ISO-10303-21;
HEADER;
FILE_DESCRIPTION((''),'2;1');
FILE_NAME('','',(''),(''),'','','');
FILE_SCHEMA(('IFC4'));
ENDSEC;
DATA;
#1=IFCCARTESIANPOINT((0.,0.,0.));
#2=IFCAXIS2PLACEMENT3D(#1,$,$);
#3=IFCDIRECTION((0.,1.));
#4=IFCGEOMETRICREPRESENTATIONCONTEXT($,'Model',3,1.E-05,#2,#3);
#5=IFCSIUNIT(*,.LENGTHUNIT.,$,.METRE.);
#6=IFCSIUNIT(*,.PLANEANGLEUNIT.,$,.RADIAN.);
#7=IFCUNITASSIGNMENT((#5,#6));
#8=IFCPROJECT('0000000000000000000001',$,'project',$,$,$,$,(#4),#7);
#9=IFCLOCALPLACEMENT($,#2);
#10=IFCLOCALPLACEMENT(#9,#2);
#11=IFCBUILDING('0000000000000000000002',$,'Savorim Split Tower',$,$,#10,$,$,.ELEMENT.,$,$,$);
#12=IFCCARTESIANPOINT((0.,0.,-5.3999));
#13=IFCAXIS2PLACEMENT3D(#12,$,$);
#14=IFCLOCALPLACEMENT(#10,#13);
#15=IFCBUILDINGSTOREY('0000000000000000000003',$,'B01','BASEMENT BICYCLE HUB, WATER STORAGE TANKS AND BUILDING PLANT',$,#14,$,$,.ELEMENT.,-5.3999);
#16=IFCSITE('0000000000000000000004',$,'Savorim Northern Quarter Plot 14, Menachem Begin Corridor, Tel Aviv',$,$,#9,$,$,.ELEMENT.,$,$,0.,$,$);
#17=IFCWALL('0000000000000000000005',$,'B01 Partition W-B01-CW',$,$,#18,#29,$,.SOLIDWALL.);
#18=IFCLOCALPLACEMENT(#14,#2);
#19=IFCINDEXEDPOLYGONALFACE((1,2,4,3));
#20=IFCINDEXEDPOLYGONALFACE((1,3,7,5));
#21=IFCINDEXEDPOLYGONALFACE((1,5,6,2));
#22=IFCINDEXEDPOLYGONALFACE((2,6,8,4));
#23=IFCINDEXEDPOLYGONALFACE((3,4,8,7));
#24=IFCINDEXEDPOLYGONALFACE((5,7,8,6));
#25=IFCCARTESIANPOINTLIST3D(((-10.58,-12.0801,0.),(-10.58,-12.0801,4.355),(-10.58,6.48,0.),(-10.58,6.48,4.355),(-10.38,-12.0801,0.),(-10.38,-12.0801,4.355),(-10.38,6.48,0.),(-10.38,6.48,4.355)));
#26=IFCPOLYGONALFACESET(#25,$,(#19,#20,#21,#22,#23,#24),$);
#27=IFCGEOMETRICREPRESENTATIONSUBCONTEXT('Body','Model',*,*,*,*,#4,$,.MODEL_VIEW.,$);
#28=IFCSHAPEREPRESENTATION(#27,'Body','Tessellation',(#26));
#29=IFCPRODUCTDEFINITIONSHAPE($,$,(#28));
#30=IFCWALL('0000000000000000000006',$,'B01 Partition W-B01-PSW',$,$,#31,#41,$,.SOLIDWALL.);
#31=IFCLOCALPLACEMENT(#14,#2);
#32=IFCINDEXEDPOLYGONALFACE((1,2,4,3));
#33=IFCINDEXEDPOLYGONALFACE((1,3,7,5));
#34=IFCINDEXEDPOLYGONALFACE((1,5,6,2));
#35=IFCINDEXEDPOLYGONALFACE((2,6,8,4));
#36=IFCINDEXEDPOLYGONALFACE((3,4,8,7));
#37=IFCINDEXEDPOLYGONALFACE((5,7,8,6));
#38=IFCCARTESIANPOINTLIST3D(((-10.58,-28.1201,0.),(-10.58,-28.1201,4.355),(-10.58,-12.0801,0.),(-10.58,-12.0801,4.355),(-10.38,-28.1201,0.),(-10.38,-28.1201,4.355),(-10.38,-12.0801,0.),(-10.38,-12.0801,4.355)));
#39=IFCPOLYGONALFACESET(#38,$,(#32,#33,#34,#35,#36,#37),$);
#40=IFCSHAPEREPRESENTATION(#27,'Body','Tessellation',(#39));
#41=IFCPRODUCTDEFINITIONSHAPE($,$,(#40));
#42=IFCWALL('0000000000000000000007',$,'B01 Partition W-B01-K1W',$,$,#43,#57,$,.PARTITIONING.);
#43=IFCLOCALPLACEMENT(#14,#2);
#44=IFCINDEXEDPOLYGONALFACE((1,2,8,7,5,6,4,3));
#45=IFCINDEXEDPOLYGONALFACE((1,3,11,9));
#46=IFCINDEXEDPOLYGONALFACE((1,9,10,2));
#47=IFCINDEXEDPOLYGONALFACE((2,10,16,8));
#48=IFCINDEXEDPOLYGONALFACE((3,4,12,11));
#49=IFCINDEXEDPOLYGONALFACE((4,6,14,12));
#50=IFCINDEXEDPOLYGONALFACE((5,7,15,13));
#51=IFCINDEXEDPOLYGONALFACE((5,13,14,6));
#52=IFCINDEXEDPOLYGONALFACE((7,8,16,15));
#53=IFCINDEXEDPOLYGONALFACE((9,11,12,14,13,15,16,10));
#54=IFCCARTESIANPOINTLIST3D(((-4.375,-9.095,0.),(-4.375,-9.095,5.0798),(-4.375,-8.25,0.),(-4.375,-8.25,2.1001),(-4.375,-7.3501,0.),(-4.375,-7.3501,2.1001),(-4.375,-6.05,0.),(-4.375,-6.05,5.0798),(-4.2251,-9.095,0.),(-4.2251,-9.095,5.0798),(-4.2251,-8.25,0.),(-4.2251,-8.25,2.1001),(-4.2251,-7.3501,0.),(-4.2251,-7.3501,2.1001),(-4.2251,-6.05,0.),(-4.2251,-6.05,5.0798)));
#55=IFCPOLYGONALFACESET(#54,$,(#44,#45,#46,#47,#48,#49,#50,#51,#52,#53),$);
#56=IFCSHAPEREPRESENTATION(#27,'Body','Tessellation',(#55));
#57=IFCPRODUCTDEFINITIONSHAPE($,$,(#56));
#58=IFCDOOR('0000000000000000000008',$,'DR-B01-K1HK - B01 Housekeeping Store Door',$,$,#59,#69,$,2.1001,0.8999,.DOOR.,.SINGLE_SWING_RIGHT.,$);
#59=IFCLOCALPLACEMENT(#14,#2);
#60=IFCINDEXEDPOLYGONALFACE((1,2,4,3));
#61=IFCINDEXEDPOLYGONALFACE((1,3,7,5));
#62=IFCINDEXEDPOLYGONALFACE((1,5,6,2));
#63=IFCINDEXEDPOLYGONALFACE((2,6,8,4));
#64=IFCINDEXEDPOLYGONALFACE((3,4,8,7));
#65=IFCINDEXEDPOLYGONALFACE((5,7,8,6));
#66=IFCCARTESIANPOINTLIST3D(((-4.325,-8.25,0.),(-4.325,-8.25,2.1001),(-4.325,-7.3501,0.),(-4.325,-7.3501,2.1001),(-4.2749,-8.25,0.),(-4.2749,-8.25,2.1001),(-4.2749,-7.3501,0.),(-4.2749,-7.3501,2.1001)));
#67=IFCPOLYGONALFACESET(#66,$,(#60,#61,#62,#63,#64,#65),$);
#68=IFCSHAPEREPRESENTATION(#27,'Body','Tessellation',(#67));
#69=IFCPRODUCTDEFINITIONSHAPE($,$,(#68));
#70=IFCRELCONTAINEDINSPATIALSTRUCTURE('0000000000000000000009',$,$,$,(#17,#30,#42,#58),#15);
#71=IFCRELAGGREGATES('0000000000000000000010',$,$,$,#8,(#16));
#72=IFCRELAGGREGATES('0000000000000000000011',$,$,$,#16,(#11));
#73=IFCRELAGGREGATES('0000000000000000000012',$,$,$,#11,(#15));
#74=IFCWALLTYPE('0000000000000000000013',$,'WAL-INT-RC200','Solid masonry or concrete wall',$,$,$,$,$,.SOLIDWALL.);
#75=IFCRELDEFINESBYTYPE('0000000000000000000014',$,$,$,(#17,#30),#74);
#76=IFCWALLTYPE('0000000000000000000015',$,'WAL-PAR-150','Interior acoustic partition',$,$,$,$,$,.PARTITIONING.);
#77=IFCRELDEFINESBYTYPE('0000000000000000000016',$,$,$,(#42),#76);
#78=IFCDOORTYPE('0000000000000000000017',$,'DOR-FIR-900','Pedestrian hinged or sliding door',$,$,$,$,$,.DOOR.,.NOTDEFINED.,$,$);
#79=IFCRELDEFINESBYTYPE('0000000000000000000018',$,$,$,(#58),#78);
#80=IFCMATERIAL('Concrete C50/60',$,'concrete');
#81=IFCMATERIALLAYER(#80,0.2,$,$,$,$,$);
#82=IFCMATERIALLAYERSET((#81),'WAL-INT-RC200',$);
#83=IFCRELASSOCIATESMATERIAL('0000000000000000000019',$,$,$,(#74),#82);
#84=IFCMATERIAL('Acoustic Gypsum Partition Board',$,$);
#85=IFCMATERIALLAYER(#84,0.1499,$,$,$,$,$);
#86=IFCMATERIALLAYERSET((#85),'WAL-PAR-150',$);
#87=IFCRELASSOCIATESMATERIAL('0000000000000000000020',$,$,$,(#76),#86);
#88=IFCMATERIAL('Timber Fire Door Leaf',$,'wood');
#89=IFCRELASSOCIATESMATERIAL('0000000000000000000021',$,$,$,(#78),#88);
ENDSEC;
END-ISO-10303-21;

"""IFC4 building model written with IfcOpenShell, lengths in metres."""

from ifc_helpers import new_model, si_unit, direction, frame, frame_2d, origin, place, context, subcontext, project, spatial, rectangle, extrude, material, layer, layer_set, type_object, element, fill, save


model = new_model("IFC4")

# Units and contexts
model_context = context("Model", 3, precision=1e-05, world=origin(), true_north=direction((0.0, 1.0)))
body_context = subcontext(model_context, "Body", "Model", "MODEL_VIEW")
ifc_project = project(units=[si_unit("LENGTHUNIT", "METRE"), si_unit("PLANEANGLEUNIT", "RADIAN")], contexts=[model_context])

# Site, building, storey
site_placement = place(None, origin())
site = spatial("IfcSite", under=ifc_project, at=site_placement, Name="Savorim Northern Quarter Plot 14, Menachem Begin Corridor, Tel Aviv", CompositionType="ELEMENT", RefElevation=0.0)
building_placement = place(site_placement, origin())
building = spatial("IfcBuilding", under=site, at=building_placement, Name="Savorim Split Tower", CompositionType="ELEMENT")
storey_placement = place(building_placement, frame((0.0, 0.0, -5.3999)))
storey = spatial("IfcBuildingStorey", under=building, at=storey_placement, Name="B01", Description="BASEMENT BICYCLE HUB, WATER STORAGE TANKS AND BUILDING PLANT", CompositionType="ELEMENT", Elevation=-5.3999)

# Shared definitions
ifc_material_1 = material(Name="Concrete C50/60", Category="concrete")

# Shared definitions
ifc_material_2 = material(Name="Timber Fire Door Leaf", Category="wood")
ifc_layer_1 = layer(ifc_material_1, 0.2)
ifc_layer_set_1 = layer_set([ifc_layer_1], Name="WAL-INT-RC200")
wall_type_1 = type_object("IfcWallType", Name="WAL-INT-RC200", Description="Solid masonry or concrete wall", PredefinedType="SOLIDWALL", material=ifc_layer_set_1)

# Walls
wall_1_placement = place(storey_placement, frame((-10.48, -12.0801, 0.0), z_axis=(0.0, 0.0, 1.0), x_axis=(0.0, 1.0, 0.0)))
element("IfcWall", 1, at=wall_1_placement, inside=storey, type_object=wall_type_1, Name="B01 Partition W-B01-CW", PredefinedType="SOLIDWALL", context=body_context, shape_type="SweptSolid", body=[
    extrude(rectangle(XDim=18.5601, YDim=0.2, at=frame_2d((9.28, 0.0))), origin(), (0.0, 0.0, 1.0), 4.355),
])
wall_2_placement = place(storey_placement, frame((-10.48, -28.1201, 0.0), z_axis=(0.0, 0.0, 1.0), x_axis=(0.0, 1.0, 0.0)))
element("IfcWall", 2, at=wall_2_placement, inside=storey, type_object=wall_type_1, Name="B01 Partition W-B01-PSW", PredefinedType="SOLIDWALL", context=body_context, shape_type="SweptSolid", body=[
    extrude(rectangle(XDim=16.04, YDim=0.2, at=frame_2d((8.02, 0.0))), origin(), (0.0, 0.0, 1.0), 4.355),
])

# Wall, opening, door
ifc_material_3 = material(Name="Acoustic Gypsum Partition Board")
ifc_layer_2 = layer(ifc_material_3, 0.1499)
ifc_layer_set_2 = layer_set([ifc_layer_2], Name="WAL-PAR-150")
wall_type_2 = type_object("IfcWallType", Name="WAL-PAR-150", Description="Interior acoustic partition", PredefinedType="PARTITIONING", material=ifc_layer_set_2)
wall_3_placement = place(storey_placement, frame((-4.3, -9.095, 0.0), z_axis=(0.0, 0.0, 1.0), x_axis=(0.0, 1.0, 0.0)))
wall_3 = element("IfcWall", 3, at=wall_3_placement, inside=storey, type_object=wall_type_2, Name="B01 Partition W-B01-K1W", PredefinedType="PARTITIONING", context=body_context, shape_type="SweptSolid", body=[
    extrude(rectangle(XDim=3.0449, YDim=0.1499, at=frame_2d((1.5225, 0.0))), origin(), (0.0, 0.0, 1.0), 5.0798),
])
opening_1_placement = place(wall_3_placement, frame((0.845, 0.0, 0.0)))
opening_1 = element("IfcOpeningElement", 4, at=opening_1_placement, cuts=wall_3, PredefinedType="OPENING", context=body_context, shape_type="SweptSolid", body=[
    extrude(rectangle(XDim=0.8999, YDim=2.1001, at=frame_2d((0.45, 1.05))), frame((0.0, 0.085, 0.0), z_axis=(0.0, -1.0, 0.0), x_axis=(1.0, 0.0, 0.0)), (0.0, 0.0, 1.0), 0.1699),
])
door_type_1 = type_object("IfcDoorType", Name="DOR-FIR-900", Description="Pedestrian hinged or sliding door", OperationType="NOTDEFINED", PredefinedType="DOOR", material=ifc_material_2)
door_1_placement = place(opening_1_placement, origin())
door_1 = element("IfcDoor", 5, at=door_1_placement, inside=storey, type_object=door_type_1, Name="DR-B01-K1HK - B01 Housekeeping Store Door", OperationType="SINGLE_SWING_RIGHT", OverallHeight=2.1001, OverallWidth=0.8999, PredefinedType="DOOR", context=body_context, shape_type="SweptSolid", body=[
    extrude(rectangle(XDim=0.8999, YDim=2.1001, at=frame_2d((0.45, 1.05))), frame((0.0, 0.0249, 0.0), z_axis=(0.0, -1.0, 0.0), x_axis=(1.0, 0.0, 0.0)), (0.0, 0.0, 1.0), 0.05),
])
fill(opening_1, door_1)

save(model, "model.ifc")
